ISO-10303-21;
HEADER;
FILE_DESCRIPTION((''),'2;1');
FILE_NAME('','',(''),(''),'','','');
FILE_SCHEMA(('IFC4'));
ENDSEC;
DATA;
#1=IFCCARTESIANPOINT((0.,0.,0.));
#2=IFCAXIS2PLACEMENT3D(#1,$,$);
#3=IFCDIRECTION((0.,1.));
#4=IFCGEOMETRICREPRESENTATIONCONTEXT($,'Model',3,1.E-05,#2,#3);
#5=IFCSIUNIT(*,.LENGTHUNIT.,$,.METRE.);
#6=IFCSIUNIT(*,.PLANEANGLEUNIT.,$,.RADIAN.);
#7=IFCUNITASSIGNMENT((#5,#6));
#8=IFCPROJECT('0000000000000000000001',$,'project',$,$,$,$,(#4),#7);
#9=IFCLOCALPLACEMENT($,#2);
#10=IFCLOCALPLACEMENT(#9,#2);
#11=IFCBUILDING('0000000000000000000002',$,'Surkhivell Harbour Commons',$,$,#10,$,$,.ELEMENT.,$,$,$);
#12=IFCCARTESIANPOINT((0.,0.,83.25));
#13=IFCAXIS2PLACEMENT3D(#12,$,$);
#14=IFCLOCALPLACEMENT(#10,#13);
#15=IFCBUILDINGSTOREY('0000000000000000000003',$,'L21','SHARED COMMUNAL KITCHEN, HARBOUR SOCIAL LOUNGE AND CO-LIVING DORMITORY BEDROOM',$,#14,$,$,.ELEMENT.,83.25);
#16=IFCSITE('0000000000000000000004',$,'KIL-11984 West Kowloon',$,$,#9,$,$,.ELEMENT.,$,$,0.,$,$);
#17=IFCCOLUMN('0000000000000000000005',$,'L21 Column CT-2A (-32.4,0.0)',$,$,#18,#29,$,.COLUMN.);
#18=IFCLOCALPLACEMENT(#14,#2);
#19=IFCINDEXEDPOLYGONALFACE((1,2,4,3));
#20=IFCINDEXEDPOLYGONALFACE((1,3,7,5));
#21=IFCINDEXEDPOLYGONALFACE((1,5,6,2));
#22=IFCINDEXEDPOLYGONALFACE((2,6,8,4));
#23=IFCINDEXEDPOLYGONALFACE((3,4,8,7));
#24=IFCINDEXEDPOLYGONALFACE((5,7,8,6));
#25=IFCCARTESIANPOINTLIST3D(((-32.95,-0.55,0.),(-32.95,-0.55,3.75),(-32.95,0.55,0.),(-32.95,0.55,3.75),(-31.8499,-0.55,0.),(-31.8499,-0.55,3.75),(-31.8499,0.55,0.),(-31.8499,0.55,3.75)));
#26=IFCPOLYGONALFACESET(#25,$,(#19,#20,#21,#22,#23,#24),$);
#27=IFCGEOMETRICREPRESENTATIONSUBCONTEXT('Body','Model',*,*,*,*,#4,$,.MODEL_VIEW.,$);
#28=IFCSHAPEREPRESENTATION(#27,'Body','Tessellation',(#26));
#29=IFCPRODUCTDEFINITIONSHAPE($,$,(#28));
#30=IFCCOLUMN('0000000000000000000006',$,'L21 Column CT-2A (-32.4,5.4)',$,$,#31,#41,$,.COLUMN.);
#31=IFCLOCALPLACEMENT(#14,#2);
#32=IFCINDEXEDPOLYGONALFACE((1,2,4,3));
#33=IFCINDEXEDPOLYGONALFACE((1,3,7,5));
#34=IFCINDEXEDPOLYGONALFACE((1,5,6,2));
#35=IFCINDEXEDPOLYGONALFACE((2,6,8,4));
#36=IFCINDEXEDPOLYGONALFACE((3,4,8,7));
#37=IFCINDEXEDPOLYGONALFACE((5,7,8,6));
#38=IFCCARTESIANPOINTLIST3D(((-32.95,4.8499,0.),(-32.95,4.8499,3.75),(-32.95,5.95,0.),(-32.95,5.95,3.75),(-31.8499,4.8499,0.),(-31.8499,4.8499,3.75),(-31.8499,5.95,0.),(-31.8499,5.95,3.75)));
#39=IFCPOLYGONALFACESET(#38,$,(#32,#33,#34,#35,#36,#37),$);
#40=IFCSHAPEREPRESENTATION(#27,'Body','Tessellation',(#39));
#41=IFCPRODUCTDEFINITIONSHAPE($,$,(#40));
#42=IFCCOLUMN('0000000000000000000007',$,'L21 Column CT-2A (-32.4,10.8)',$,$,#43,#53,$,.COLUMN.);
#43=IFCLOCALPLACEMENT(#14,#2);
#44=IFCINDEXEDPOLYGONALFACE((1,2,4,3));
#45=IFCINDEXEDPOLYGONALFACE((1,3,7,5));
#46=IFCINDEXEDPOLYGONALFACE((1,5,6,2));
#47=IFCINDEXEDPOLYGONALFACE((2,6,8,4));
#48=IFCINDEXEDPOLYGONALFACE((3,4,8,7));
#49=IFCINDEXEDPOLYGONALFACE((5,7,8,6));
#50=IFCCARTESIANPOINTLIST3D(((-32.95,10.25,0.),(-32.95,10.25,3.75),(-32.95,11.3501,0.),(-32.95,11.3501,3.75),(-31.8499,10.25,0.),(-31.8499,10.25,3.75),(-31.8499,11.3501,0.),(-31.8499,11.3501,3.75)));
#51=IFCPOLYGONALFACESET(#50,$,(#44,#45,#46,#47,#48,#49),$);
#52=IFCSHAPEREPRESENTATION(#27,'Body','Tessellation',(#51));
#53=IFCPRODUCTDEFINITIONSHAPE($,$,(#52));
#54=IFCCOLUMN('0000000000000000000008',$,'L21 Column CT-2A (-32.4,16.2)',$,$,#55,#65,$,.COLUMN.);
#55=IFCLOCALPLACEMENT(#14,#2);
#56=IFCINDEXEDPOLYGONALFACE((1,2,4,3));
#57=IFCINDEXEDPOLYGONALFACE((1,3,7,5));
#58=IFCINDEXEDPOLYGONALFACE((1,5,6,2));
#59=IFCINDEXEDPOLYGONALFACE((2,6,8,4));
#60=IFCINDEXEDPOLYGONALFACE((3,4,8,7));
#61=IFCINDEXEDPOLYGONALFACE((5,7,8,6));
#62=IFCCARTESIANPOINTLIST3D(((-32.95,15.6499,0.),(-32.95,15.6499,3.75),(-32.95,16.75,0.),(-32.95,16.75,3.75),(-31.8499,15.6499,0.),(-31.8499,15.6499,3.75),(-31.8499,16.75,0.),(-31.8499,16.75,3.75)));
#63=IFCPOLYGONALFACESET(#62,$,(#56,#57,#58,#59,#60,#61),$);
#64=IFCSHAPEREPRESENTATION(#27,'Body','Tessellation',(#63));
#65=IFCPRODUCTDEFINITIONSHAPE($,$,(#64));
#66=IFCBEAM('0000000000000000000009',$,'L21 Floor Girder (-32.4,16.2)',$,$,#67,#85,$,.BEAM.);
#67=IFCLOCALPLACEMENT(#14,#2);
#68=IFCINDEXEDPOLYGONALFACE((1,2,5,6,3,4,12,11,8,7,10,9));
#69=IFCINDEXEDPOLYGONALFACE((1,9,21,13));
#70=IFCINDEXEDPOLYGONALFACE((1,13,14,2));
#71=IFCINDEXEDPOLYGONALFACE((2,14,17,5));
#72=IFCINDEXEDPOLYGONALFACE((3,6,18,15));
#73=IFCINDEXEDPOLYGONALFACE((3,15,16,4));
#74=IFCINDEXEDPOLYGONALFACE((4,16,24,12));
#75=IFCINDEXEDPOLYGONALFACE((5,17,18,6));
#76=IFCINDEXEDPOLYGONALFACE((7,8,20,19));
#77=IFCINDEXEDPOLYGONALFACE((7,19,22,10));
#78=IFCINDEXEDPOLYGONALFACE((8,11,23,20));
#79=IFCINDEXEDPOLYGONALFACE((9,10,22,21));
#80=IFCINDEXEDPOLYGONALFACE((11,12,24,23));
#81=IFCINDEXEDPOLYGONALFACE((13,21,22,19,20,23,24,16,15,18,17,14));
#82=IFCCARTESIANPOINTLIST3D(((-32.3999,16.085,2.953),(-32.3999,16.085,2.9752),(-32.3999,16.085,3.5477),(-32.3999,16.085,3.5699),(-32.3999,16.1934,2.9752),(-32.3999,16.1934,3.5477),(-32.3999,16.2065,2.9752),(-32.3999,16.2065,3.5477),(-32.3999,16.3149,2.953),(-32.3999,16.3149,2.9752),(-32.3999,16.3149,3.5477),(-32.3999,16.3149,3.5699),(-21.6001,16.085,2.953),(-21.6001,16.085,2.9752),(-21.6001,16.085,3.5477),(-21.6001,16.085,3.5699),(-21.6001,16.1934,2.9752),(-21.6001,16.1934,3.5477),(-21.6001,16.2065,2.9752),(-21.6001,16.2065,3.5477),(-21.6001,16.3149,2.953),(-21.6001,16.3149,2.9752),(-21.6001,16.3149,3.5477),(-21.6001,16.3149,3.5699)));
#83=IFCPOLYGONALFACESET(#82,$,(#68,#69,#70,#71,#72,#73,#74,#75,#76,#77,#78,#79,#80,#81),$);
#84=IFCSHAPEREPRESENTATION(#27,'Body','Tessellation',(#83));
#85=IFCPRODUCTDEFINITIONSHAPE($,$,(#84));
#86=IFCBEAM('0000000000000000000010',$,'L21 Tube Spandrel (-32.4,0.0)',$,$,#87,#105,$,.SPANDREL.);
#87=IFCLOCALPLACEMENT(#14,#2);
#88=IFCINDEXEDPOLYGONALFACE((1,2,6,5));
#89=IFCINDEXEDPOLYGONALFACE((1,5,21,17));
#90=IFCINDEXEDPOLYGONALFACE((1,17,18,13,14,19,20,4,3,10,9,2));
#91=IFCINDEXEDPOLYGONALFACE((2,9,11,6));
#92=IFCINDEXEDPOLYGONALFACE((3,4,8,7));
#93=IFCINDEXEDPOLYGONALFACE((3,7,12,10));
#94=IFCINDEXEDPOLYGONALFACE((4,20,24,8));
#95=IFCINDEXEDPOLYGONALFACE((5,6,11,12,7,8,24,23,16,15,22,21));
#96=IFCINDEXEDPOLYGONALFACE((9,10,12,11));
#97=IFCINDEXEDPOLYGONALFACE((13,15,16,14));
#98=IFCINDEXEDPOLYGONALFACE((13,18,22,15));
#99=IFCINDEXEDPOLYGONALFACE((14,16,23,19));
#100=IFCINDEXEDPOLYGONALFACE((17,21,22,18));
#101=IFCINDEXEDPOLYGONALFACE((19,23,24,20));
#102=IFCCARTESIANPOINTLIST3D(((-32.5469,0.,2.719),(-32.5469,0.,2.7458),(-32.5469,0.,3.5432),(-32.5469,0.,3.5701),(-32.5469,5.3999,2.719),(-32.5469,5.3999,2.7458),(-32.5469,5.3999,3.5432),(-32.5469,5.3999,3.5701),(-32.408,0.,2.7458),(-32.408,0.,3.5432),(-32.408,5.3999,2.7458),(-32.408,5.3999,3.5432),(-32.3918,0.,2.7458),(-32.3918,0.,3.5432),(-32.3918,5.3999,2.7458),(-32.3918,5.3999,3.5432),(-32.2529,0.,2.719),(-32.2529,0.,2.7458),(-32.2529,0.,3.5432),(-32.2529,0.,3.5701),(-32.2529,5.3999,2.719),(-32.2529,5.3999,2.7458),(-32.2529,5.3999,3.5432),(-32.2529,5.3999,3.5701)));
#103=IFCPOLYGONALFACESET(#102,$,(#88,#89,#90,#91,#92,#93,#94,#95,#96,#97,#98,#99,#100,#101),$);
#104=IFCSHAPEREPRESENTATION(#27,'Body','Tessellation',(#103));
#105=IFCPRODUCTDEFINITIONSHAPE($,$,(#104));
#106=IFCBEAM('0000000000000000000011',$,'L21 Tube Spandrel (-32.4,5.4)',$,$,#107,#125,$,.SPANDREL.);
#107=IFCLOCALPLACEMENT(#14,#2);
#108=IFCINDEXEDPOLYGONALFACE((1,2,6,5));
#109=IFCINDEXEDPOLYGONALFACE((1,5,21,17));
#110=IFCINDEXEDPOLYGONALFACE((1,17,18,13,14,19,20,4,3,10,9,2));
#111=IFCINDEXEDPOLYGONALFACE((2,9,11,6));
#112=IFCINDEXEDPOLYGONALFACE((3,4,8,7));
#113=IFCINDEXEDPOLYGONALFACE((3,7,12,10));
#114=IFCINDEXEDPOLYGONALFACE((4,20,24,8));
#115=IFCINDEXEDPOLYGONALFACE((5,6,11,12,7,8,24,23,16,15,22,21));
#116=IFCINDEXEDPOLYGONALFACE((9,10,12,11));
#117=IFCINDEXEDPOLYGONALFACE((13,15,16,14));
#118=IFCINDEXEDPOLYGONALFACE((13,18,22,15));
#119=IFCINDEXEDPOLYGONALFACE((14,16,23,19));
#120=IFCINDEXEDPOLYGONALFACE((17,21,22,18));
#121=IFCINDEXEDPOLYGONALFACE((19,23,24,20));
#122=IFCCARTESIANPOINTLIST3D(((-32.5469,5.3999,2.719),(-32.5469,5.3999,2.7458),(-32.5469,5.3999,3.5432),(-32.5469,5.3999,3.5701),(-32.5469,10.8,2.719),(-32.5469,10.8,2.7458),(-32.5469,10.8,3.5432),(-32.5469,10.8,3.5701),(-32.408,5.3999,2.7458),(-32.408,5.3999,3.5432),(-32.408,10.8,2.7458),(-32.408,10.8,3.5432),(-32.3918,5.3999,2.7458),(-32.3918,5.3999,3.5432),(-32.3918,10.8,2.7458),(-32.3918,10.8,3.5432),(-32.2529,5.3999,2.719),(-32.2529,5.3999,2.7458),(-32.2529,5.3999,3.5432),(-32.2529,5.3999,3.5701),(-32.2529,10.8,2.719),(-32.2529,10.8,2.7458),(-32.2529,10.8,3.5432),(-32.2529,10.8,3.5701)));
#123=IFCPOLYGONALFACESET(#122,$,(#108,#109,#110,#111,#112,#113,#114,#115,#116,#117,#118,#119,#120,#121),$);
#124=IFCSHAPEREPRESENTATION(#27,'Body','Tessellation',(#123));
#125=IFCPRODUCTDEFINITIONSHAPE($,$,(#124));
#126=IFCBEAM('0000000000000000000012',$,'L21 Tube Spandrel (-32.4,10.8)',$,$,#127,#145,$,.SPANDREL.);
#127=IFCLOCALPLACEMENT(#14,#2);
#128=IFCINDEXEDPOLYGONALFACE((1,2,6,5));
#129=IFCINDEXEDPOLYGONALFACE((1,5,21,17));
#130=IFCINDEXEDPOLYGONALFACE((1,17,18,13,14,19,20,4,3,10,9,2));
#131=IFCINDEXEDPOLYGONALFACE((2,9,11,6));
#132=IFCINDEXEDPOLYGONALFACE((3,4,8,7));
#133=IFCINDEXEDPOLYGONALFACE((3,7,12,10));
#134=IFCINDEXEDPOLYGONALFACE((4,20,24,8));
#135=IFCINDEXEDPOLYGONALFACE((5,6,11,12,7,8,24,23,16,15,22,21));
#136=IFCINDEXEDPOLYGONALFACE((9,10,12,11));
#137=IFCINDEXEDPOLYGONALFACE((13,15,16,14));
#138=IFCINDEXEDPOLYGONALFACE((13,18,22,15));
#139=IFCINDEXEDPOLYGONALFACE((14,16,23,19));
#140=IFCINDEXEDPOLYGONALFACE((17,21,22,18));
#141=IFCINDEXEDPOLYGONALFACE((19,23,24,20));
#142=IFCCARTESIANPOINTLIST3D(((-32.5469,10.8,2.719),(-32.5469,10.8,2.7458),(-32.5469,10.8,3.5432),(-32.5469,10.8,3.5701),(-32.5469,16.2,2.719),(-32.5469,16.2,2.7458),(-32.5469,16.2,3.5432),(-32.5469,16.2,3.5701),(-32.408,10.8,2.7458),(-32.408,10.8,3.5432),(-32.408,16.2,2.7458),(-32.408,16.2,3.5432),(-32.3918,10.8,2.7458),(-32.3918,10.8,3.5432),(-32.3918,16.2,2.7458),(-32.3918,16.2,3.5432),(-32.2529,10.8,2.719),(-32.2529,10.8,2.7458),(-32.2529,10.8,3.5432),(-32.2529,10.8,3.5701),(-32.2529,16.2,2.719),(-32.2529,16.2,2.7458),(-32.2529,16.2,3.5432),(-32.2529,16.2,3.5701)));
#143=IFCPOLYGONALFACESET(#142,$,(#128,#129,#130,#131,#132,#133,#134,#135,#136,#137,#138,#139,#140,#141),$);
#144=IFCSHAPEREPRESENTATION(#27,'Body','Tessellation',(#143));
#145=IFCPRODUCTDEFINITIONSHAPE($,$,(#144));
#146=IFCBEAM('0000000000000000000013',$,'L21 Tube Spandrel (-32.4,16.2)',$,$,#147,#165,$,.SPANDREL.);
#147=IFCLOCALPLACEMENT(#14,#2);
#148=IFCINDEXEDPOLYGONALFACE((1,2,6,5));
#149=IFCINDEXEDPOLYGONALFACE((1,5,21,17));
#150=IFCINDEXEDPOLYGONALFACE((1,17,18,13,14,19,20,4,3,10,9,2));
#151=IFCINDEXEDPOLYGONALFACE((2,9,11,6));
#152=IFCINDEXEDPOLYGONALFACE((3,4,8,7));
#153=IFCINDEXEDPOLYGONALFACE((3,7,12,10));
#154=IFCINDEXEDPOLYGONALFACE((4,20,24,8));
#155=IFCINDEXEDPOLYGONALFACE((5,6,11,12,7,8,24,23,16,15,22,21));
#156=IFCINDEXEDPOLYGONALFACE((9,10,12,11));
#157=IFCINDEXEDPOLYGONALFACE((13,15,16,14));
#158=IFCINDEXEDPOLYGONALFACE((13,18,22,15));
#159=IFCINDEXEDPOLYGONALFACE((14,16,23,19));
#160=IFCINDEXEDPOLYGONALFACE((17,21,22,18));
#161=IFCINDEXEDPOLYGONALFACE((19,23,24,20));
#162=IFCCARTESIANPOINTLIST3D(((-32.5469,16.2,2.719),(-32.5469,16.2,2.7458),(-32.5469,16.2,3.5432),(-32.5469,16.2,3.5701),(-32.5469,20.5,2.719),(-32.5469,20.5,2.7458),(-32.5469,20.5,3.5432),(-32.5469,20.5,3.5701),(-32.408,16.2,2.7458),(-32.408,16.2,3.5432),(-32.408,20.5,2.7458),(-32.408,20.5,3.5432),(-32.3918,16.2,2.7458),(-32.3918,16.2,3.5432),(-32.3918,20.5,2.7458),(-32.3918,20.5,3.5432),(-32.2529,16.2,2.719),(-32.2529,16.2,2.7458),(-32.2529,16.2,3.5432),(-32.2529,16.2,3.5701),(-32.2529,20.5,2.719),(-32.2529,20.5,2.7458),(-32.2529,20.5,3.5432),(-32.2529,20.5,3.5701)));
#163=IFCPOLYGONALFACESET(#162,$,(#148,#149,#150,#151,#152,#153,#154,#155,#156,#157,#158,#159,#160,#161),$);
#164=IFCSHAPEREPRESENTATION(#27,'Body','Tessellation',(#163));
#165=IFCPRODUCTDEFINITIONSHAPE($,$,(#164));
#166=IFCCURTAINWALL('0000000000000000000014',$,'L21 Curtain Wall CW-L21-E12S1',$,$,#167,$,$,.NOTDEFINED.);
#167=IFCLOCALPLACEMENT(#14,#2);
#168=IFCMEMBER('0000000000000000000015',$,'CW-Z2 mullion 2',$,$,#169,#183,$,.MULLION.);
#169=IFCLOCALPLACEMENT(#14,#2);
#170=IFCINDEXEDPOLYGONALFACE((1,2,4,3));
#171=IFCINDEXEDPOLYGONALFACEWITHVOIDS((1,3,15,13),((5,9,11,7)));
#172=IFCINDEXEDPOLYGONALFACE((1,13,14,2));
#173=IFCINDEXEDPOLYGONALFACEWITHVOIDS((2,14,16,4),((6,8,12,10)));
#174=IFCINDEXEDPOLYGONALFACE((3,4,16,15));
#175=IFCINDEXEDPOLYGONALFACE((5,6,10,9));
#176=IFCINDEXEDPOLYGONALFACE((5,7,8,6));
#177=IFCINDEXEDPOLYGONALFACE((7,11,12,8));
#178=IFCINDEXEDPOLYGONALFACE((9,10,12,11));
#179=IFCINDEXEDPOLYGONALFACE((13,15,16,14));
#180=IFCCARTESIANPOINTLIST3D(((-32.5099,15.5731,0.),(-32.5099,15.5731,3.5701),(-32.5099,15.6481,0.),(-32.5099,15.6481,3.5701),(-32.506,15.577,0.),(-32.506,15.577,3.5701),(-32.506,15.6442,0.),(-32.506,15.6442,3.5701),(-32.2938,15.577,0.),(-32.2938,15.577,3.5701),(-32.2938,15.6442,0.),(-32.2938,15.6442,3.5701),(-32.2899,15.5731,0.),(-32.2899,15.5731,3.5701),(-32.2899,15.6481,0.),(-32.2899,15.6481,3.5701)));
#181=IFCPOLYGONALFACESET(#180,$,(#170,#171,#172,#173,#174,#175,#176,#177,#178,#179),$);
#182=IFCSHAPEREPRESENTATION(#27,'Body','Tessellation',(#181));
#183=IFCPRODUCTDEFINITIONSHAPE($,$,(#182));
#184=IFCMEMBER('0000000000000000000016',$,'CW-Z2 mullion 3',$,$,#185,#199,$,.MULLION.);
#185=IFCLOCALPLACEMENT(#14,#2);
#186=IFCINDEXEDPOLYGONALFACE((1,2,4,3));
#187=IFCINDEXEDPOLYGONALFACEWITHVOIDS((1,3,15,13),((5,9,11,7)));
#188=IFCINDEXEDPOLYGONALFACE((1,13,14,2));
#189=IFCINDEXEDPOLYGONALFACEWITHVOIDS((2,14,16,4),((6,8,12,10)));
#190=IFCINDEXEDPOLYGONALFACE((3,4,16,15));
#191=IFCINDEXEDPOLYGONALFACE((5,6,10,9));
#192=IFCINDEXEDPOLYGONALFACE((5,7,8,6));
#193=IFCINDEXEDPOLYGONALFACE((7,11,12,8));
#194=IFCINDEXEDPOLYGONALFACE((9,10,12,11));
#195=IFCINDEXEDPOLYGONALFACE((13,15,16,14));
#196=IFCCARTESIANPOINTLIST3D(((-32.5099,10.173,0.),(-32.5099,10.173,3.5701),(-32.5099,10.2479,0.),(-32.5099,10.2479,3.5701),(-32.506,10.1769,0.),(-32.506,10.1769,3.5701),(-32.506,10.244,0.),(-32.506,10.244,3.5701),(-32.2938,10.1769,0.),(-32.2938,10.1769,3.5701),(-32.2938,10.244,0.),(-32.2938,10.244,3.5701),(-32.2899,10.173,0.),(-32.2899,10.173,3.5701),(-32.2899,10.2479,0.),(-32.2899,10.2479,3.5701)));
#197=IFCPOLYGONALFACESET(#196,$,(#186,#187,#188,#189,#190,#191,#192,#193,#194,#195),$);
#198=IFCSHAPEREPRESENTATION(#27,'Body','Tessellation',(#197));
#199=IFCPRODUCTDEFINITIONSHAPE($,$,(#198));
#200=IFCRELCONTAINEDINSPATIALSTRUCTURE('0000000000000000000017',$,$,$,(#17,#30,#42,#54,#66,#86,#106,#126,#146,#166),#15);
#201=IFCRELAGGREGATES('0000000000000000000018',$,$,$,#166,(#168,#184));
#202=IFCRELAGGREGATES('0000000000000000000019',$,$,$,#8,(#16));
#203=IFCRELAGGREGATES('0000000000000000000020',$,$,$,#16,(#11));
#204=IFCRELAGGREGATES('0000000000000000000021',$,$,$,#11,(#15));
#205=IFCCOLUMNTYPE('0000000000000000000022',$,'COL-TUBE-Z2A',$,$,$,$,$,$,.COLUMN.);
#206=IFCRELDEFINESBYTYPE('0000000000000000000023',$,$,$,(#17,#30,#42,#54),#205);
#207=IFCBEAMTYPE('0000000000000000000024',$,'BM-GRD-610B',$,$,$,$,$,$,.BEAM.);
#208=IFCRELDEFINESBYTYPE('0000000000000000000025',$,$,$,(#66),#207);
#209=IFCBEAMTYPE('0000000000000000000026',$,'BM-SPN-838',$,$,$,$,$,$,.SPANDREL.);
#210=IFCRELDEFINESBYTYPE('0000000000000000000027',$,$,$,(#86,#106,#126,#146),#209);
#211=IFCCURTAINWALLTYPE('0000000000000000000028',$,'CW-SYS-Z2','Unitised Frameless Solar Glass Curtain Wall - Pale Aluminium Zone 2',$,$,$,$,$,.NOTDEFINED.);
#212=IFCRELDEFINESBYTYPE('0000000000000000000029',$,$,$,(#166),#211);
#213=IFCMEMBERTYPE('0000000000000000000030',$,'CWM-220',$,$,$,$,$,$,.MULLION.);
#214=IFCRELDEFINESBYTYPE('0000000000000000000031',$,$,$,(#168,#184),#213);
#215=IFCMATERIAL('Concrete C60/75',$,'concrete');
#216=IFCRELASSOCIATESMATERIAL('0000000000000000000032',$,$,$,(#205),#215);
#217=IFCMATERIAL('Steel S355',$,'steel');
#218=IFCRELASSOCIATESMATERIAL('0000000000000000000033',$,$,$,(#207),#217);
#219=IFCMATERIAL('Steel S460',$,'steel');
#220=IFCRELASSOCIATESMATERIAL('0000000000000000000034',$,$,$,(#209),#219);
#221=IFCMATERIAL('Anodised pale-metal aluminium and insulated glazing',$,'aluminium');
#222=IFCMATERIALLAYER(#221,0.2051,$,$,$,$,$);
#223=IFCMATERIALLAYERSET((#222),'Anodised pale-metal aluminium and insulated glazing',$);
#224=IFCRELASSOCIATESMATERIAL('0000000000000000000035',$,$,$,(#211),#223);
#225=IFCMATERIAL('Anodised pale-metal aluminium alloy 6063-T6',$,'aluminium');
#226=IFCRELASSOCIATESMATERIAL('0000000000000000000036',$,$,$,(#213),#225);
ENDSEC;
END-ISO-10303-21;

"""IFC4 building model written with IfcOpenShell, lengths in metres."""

from ifc_helpers import new_model, si_unit, direction, frame, origin, origin_2d, place, context, subcontext, project, spatial, rectangle, hollow_rectangle, i_section, extrude, material, layer, layer_set, material_profile, profile_set, type_object, element, aggregate, save


model = new_model("IFC4")

# Units and contexts
model_context = context("Model", 3, precision=1e-05, world=origin(), true_north=direction((0.0, 1.0)))
body_context = subcontext(model_context, "Body", "Model", "MODEL_VIEW")
ifc_project = project(units=[si_unit("LENGTHUNIT", "METRE"), si_unit("PLANEANGLEUNIT", "RADIAN")], contexts=[model_context])

# Site, building, storey
site_placement = place(None, origin())
site = spatial("IfcSite", under=ifc_project, at=site_placement, Name="KIL-11984 West Kowloon", CompositionType="ELEMENT", RefElevation=0.0)
building_placement = place(site_placement, origin())
building = spatial("IfcBuilding", under=site, at=building_placement, Name="Surkhivell Harbour Commons", CompositionType="ELEMENT")
storey_placement = place(building_placement, frame((0.0, 0.0, 83.25)))
storey = spatial("IfcBuildingStorey", under=building, at=storey_placement, Name="L21", Description="SHARED COMMUNAL KITCHEN, HARBOUR SOCIAL LOUNGE AND CO-LIVING DORMITORY BEDROOM", CompositionType="ELEMENT", Elevation=83.25)

# Columns
ifc_material_1 = material(Name="Concrete C60/75", Category="concrete")
ifc_material_profile_1 = material_profile(ifc_material_1, rectangle(XDim=1.1001, YDim=1.1001, at=origin_2d()), Name="RC-COL-1100x1100")
ifc_profile_set_1 = profile_set([ifc_material_profile_1], Name="Concrete C60/75")
column_type = type_object("IfcColumnType", Name="COL-TUBE-Z2A", PredefinedType="COLUMN", material=ifc_profile_set_1)
for number, where, z_axis, x_axis, name in (
    (1, (-32.3999, 0.0, 0.0), (0.0, 0.0, 1.0), (1.0, 0.0, 0.0), "L21 Column CT-2A (-32.4,0.0)"),
    (2, (-32.3999, 5.3999, 0.0), (0.0, 0.0, 1.0), (1.0, 0.0, 0.0), "L21 Column CT-2A (-32.4,5.4)"),
    (3, (-32.3999, 10.8, 0.0), (0.0, 0.0, 1.0), (1.0, 0.0, 0.0), "L21 Column CT-2A (-32.4,10.8)"),
    (4, (-32.3999, 16.2, 0.0), (0.0, 0.0, 1.0), (1.0, 0.0, 0.0), "L21 Column CT-2A (-32.4,16.2)"),
):
    element("IfcColumn", number, at=place(storey_placement, frame(where, z_axis=z_axis, x_axis=x_axis)), inside=storey, type_object=column_type, Name=name, PredefinedType="COLUMN", context=body_context, shape_type="SweptSolid", body=[
        extrude(rectangle(XDim=1.1001, YDim=1.1001, at=origin_2d()), origin(), (0.0, 0.0, 1.0), 3.75),
    ])

# Beams
ifc_material_2 = material(Name="Steel S355", Category="steel")
ifc_material_profile_2 = material_profile(ifc_material_2, i_section(OverallWidth=0.23, OverallDepth=0.6169, WebThickness=0.0132, FlangeThickness=0.0222, at=origin_2d()), Name="UB610x229x140")
ifc_profile_set_2 = profile_set([ifc_material_profile_2], Name="Steel S355")
beam_type_1 = type_object("IfcBeamType", Name="BM-GRD-610B", PredefinedType="BEAM", material=ifc_profile_set_2)
beam_1_placement = place(storey_placement, frame((-32.3999, 16.2, 3.2615), z_axis=(1.0, 0.0, 0.0), x_axis=(0.0, 1.0, 0.0)))
element("IfcBeam", 5, at=beam_1_placement, inside=storey, type_object=beam_type_1, Name="L21 Floor Girder (-32.4,16.2)", PredefinedType="BEAM", context=body_context, shape_type="SweptSolid", body=[
    extrude(i_section(OverallWidth=0.23, OverallDepth=0.6169, WebThickness=0.0132, FlangeThickness=0.0222, at=origin_2d()), origin(), (0.0, 0.0, 1.0), 10.7998),
])
ifc_material_3 = material(Name="Steel S460", Category="steel")
ifc_material_profile_3 = material_profile(ifc_material_3, i_section(OverallWidth=0.2939, OverallDepth=0.8511, WebThickness=0.0161, FlangeThickness=0.0269, at=origin_2d()), Name="UB838x292x226")
ifc_profile_set_3 = profile_set([ifc_material_profile_3], Name="Steel S460")
beam_type_2 = type_object("IfcBeamType", Name="BM-SPN-838", PredefinedType="SPANDREL", material=ifc_profile_set_3)
beam_2_placement = place(storey_placement, frame((-32.3999, 0.0, 3.1445), z_axis=(0.0, 1.0, 0.0), x_axis=(-1.0, 0.0, 0.0)))
element("IfcBeam", 6, at=beam_2_placement, inside=storey, type_object=beam_type_2, Name="L21 Tube Spandrel (-32.4,0.0)", PredefinedType="SPANDREL", context=body_context, shape_type="SweptSolid", body=[
    extrude(i_section(OverallWidth=0.2939, OverallDepth=0.8511, WebThickness=0.0161, FlangeThickness=0.0269, at=origin_2d()), origin(), (0.0, 0.0, 1.0), 5.3999),
])
beam_3_placement = place(storey_placement, frame((-32.3999, 5.3999, 3.1445), z_axis=(0.0, 1.0, 0.0), x_axis=(-1.0, 0.0, 0.0)))
element("IfcBeam", 7, at=beam_3_placement, inside=storey, type_object=beam_type_2, Name="L21 Tube Spandrel (-32.4,5.4)", PredefinedType="SPANDREL", context=body_context, shape_type="SweptSolid", body=[
    extrude(i_section(OverallWidth=0.2939, OverallDepth=0.8511, WebThickness=0.0161, FlangeThickness=0.0269, at=origin_2d()), origin(), (0.0, 0.0, 1.0), 5.4001),
])
beam_4_placement = place(storey_placement, frame((-32.3999, 10.8, 3.1445), z_axis=(0.0, 1.0, 0.0), x_axis=(-1.0, 0.0, 0.0)))
element("IfcBeam", 8, at=beam_4_placement, inside=storey, type_object=beam_type_2, Name="L21 Tube Spandrel (-32.4,10.8)", PredefinedType="SPANDREL", context=body_context, shape_type="SweptSolid", body=[
    extrude(i_section(OverallWidth=0.2939, OverallDepth=0.8511, WebThickness=0.0161, FlangeThickness=0.0269, at=origin_2d()), origin(), (0.0, 0.0, 1.0), 5.3999),
])
beam_5_placement = place(storey_placement, frame((-32.3999, 16.2, 3.1445), z_axis=(0.0, 1.0, 0.0), x_axis=(-1.0, 0.0, 0.0)))
element("IfcBeam", 9, at=beam_5_placement, inside=storey, type_object=beam_type_2, Name="L21 Tube Spandrel (-32.4,16.2)", PredefinedType="SPANDREL", context=body_context, shape_type="SweptSolid", body=[
    extrude(i_section(OverallWidth=0.2939, OverallDepth=0.8511, WebThickness=0.0161, FlangeThickness=0.0269, at=origin_2d()), origin(), (0.0, 0.0, 1.0), 4.3),
])

# Curtain wall, members
ifc_material_4 = material(Name="Anodised pale-metal aluminium and insulated glazing", Category="aluminium")
ifc_layer_1 = layer(ifc_material_4, 0.2051)
ifc_layer_set_1 = layer_set([ifc_layer_1], Name="Anodised pale-metal aluminium and insulated glazing")
curtain_wall_type = type_object("IfcCurtainWallType", Name="CW-SYS-Z2", Description="Unitised Frameless Solar Glass Curtain Wall - Pale Aluminium Zone 2", PredefinedType="NOTDEFINED", material=ifc_layer_set_1)
curtain_wall_placement = place(storey_placement, origin())
curtain_wall = element("IfcCurtainWall", 10, at=curtain_wall_placement, inside=storey, type_object=curtain_wall_type, Name="L21 Curtain Wall CW-L21-E12S1", PredefinedType="NOTDEFINED")
ifc_material_5 = material(Name="Anodised pale-metal aluminium alloy 6063-T6", Category="aluminium")
ifc_material_profile_4 = material_profile(ifc_material_5, hollow_rectangle(XDim=0.075, YDim=0.22, WallThickness=0.0039, at=origin_2d()), Name="ALU-MULL-75x220")
ifc_profile_set_4 = profile_set([ifc_material_profile_4], Name="Anodised pale-metal aluminium alloy 6063-T6")
member_type_1 = type_object("IfcMemberType", Name="CWM-220", PredefinedType="MULLION", material=ifc_profile_set_4)
member_1_placement = place(storey_placement, frame((-32.3999, 15.6106, 0.0), z_axis=(0.0, 0.0, 1.0), x_axis=(0.0, -1.0, 0.0)))
member_1 = element("IfcMember", 11, at=member_1_placement, type_object=member_type_1, Name="CW-Z2 mullion 2", PredefinedType="MULLION", context=body_context, shape_type="SweptSolid", body=[
    extrude(hollow_rectangle(XDim=0.075, YDim=0.22, WallThickness=0.0039, at=origin_2d()), origin(), (0.0, 0.0, 1.0), 3.5701),
])
member_2_placement = place(storey_placement, frame((-32.3999, 10.2104, 0.0), z_axis=(0.0, 0.0, 1.0), x_axis=(0.0, -1.0, 0.0)))
member_2 = element("IfcMember", 12, at=member_2_placement, type_object=member_type_1, Name="CW-Z2 mullion 3", PredefinedType="MULLION", context=body_context, shape_type="SweptSolid", body=[
    extrude(hollow_rectangle(XDim=0.075, YDim=0.22, WallThickness=0.0039, at=origin_2d()), origin(), (0.0, 0.0, 1.0), 3.5701),
])
aggregate(curtain_wall, [member_1, member_2])

save(model, "model.ifc")
